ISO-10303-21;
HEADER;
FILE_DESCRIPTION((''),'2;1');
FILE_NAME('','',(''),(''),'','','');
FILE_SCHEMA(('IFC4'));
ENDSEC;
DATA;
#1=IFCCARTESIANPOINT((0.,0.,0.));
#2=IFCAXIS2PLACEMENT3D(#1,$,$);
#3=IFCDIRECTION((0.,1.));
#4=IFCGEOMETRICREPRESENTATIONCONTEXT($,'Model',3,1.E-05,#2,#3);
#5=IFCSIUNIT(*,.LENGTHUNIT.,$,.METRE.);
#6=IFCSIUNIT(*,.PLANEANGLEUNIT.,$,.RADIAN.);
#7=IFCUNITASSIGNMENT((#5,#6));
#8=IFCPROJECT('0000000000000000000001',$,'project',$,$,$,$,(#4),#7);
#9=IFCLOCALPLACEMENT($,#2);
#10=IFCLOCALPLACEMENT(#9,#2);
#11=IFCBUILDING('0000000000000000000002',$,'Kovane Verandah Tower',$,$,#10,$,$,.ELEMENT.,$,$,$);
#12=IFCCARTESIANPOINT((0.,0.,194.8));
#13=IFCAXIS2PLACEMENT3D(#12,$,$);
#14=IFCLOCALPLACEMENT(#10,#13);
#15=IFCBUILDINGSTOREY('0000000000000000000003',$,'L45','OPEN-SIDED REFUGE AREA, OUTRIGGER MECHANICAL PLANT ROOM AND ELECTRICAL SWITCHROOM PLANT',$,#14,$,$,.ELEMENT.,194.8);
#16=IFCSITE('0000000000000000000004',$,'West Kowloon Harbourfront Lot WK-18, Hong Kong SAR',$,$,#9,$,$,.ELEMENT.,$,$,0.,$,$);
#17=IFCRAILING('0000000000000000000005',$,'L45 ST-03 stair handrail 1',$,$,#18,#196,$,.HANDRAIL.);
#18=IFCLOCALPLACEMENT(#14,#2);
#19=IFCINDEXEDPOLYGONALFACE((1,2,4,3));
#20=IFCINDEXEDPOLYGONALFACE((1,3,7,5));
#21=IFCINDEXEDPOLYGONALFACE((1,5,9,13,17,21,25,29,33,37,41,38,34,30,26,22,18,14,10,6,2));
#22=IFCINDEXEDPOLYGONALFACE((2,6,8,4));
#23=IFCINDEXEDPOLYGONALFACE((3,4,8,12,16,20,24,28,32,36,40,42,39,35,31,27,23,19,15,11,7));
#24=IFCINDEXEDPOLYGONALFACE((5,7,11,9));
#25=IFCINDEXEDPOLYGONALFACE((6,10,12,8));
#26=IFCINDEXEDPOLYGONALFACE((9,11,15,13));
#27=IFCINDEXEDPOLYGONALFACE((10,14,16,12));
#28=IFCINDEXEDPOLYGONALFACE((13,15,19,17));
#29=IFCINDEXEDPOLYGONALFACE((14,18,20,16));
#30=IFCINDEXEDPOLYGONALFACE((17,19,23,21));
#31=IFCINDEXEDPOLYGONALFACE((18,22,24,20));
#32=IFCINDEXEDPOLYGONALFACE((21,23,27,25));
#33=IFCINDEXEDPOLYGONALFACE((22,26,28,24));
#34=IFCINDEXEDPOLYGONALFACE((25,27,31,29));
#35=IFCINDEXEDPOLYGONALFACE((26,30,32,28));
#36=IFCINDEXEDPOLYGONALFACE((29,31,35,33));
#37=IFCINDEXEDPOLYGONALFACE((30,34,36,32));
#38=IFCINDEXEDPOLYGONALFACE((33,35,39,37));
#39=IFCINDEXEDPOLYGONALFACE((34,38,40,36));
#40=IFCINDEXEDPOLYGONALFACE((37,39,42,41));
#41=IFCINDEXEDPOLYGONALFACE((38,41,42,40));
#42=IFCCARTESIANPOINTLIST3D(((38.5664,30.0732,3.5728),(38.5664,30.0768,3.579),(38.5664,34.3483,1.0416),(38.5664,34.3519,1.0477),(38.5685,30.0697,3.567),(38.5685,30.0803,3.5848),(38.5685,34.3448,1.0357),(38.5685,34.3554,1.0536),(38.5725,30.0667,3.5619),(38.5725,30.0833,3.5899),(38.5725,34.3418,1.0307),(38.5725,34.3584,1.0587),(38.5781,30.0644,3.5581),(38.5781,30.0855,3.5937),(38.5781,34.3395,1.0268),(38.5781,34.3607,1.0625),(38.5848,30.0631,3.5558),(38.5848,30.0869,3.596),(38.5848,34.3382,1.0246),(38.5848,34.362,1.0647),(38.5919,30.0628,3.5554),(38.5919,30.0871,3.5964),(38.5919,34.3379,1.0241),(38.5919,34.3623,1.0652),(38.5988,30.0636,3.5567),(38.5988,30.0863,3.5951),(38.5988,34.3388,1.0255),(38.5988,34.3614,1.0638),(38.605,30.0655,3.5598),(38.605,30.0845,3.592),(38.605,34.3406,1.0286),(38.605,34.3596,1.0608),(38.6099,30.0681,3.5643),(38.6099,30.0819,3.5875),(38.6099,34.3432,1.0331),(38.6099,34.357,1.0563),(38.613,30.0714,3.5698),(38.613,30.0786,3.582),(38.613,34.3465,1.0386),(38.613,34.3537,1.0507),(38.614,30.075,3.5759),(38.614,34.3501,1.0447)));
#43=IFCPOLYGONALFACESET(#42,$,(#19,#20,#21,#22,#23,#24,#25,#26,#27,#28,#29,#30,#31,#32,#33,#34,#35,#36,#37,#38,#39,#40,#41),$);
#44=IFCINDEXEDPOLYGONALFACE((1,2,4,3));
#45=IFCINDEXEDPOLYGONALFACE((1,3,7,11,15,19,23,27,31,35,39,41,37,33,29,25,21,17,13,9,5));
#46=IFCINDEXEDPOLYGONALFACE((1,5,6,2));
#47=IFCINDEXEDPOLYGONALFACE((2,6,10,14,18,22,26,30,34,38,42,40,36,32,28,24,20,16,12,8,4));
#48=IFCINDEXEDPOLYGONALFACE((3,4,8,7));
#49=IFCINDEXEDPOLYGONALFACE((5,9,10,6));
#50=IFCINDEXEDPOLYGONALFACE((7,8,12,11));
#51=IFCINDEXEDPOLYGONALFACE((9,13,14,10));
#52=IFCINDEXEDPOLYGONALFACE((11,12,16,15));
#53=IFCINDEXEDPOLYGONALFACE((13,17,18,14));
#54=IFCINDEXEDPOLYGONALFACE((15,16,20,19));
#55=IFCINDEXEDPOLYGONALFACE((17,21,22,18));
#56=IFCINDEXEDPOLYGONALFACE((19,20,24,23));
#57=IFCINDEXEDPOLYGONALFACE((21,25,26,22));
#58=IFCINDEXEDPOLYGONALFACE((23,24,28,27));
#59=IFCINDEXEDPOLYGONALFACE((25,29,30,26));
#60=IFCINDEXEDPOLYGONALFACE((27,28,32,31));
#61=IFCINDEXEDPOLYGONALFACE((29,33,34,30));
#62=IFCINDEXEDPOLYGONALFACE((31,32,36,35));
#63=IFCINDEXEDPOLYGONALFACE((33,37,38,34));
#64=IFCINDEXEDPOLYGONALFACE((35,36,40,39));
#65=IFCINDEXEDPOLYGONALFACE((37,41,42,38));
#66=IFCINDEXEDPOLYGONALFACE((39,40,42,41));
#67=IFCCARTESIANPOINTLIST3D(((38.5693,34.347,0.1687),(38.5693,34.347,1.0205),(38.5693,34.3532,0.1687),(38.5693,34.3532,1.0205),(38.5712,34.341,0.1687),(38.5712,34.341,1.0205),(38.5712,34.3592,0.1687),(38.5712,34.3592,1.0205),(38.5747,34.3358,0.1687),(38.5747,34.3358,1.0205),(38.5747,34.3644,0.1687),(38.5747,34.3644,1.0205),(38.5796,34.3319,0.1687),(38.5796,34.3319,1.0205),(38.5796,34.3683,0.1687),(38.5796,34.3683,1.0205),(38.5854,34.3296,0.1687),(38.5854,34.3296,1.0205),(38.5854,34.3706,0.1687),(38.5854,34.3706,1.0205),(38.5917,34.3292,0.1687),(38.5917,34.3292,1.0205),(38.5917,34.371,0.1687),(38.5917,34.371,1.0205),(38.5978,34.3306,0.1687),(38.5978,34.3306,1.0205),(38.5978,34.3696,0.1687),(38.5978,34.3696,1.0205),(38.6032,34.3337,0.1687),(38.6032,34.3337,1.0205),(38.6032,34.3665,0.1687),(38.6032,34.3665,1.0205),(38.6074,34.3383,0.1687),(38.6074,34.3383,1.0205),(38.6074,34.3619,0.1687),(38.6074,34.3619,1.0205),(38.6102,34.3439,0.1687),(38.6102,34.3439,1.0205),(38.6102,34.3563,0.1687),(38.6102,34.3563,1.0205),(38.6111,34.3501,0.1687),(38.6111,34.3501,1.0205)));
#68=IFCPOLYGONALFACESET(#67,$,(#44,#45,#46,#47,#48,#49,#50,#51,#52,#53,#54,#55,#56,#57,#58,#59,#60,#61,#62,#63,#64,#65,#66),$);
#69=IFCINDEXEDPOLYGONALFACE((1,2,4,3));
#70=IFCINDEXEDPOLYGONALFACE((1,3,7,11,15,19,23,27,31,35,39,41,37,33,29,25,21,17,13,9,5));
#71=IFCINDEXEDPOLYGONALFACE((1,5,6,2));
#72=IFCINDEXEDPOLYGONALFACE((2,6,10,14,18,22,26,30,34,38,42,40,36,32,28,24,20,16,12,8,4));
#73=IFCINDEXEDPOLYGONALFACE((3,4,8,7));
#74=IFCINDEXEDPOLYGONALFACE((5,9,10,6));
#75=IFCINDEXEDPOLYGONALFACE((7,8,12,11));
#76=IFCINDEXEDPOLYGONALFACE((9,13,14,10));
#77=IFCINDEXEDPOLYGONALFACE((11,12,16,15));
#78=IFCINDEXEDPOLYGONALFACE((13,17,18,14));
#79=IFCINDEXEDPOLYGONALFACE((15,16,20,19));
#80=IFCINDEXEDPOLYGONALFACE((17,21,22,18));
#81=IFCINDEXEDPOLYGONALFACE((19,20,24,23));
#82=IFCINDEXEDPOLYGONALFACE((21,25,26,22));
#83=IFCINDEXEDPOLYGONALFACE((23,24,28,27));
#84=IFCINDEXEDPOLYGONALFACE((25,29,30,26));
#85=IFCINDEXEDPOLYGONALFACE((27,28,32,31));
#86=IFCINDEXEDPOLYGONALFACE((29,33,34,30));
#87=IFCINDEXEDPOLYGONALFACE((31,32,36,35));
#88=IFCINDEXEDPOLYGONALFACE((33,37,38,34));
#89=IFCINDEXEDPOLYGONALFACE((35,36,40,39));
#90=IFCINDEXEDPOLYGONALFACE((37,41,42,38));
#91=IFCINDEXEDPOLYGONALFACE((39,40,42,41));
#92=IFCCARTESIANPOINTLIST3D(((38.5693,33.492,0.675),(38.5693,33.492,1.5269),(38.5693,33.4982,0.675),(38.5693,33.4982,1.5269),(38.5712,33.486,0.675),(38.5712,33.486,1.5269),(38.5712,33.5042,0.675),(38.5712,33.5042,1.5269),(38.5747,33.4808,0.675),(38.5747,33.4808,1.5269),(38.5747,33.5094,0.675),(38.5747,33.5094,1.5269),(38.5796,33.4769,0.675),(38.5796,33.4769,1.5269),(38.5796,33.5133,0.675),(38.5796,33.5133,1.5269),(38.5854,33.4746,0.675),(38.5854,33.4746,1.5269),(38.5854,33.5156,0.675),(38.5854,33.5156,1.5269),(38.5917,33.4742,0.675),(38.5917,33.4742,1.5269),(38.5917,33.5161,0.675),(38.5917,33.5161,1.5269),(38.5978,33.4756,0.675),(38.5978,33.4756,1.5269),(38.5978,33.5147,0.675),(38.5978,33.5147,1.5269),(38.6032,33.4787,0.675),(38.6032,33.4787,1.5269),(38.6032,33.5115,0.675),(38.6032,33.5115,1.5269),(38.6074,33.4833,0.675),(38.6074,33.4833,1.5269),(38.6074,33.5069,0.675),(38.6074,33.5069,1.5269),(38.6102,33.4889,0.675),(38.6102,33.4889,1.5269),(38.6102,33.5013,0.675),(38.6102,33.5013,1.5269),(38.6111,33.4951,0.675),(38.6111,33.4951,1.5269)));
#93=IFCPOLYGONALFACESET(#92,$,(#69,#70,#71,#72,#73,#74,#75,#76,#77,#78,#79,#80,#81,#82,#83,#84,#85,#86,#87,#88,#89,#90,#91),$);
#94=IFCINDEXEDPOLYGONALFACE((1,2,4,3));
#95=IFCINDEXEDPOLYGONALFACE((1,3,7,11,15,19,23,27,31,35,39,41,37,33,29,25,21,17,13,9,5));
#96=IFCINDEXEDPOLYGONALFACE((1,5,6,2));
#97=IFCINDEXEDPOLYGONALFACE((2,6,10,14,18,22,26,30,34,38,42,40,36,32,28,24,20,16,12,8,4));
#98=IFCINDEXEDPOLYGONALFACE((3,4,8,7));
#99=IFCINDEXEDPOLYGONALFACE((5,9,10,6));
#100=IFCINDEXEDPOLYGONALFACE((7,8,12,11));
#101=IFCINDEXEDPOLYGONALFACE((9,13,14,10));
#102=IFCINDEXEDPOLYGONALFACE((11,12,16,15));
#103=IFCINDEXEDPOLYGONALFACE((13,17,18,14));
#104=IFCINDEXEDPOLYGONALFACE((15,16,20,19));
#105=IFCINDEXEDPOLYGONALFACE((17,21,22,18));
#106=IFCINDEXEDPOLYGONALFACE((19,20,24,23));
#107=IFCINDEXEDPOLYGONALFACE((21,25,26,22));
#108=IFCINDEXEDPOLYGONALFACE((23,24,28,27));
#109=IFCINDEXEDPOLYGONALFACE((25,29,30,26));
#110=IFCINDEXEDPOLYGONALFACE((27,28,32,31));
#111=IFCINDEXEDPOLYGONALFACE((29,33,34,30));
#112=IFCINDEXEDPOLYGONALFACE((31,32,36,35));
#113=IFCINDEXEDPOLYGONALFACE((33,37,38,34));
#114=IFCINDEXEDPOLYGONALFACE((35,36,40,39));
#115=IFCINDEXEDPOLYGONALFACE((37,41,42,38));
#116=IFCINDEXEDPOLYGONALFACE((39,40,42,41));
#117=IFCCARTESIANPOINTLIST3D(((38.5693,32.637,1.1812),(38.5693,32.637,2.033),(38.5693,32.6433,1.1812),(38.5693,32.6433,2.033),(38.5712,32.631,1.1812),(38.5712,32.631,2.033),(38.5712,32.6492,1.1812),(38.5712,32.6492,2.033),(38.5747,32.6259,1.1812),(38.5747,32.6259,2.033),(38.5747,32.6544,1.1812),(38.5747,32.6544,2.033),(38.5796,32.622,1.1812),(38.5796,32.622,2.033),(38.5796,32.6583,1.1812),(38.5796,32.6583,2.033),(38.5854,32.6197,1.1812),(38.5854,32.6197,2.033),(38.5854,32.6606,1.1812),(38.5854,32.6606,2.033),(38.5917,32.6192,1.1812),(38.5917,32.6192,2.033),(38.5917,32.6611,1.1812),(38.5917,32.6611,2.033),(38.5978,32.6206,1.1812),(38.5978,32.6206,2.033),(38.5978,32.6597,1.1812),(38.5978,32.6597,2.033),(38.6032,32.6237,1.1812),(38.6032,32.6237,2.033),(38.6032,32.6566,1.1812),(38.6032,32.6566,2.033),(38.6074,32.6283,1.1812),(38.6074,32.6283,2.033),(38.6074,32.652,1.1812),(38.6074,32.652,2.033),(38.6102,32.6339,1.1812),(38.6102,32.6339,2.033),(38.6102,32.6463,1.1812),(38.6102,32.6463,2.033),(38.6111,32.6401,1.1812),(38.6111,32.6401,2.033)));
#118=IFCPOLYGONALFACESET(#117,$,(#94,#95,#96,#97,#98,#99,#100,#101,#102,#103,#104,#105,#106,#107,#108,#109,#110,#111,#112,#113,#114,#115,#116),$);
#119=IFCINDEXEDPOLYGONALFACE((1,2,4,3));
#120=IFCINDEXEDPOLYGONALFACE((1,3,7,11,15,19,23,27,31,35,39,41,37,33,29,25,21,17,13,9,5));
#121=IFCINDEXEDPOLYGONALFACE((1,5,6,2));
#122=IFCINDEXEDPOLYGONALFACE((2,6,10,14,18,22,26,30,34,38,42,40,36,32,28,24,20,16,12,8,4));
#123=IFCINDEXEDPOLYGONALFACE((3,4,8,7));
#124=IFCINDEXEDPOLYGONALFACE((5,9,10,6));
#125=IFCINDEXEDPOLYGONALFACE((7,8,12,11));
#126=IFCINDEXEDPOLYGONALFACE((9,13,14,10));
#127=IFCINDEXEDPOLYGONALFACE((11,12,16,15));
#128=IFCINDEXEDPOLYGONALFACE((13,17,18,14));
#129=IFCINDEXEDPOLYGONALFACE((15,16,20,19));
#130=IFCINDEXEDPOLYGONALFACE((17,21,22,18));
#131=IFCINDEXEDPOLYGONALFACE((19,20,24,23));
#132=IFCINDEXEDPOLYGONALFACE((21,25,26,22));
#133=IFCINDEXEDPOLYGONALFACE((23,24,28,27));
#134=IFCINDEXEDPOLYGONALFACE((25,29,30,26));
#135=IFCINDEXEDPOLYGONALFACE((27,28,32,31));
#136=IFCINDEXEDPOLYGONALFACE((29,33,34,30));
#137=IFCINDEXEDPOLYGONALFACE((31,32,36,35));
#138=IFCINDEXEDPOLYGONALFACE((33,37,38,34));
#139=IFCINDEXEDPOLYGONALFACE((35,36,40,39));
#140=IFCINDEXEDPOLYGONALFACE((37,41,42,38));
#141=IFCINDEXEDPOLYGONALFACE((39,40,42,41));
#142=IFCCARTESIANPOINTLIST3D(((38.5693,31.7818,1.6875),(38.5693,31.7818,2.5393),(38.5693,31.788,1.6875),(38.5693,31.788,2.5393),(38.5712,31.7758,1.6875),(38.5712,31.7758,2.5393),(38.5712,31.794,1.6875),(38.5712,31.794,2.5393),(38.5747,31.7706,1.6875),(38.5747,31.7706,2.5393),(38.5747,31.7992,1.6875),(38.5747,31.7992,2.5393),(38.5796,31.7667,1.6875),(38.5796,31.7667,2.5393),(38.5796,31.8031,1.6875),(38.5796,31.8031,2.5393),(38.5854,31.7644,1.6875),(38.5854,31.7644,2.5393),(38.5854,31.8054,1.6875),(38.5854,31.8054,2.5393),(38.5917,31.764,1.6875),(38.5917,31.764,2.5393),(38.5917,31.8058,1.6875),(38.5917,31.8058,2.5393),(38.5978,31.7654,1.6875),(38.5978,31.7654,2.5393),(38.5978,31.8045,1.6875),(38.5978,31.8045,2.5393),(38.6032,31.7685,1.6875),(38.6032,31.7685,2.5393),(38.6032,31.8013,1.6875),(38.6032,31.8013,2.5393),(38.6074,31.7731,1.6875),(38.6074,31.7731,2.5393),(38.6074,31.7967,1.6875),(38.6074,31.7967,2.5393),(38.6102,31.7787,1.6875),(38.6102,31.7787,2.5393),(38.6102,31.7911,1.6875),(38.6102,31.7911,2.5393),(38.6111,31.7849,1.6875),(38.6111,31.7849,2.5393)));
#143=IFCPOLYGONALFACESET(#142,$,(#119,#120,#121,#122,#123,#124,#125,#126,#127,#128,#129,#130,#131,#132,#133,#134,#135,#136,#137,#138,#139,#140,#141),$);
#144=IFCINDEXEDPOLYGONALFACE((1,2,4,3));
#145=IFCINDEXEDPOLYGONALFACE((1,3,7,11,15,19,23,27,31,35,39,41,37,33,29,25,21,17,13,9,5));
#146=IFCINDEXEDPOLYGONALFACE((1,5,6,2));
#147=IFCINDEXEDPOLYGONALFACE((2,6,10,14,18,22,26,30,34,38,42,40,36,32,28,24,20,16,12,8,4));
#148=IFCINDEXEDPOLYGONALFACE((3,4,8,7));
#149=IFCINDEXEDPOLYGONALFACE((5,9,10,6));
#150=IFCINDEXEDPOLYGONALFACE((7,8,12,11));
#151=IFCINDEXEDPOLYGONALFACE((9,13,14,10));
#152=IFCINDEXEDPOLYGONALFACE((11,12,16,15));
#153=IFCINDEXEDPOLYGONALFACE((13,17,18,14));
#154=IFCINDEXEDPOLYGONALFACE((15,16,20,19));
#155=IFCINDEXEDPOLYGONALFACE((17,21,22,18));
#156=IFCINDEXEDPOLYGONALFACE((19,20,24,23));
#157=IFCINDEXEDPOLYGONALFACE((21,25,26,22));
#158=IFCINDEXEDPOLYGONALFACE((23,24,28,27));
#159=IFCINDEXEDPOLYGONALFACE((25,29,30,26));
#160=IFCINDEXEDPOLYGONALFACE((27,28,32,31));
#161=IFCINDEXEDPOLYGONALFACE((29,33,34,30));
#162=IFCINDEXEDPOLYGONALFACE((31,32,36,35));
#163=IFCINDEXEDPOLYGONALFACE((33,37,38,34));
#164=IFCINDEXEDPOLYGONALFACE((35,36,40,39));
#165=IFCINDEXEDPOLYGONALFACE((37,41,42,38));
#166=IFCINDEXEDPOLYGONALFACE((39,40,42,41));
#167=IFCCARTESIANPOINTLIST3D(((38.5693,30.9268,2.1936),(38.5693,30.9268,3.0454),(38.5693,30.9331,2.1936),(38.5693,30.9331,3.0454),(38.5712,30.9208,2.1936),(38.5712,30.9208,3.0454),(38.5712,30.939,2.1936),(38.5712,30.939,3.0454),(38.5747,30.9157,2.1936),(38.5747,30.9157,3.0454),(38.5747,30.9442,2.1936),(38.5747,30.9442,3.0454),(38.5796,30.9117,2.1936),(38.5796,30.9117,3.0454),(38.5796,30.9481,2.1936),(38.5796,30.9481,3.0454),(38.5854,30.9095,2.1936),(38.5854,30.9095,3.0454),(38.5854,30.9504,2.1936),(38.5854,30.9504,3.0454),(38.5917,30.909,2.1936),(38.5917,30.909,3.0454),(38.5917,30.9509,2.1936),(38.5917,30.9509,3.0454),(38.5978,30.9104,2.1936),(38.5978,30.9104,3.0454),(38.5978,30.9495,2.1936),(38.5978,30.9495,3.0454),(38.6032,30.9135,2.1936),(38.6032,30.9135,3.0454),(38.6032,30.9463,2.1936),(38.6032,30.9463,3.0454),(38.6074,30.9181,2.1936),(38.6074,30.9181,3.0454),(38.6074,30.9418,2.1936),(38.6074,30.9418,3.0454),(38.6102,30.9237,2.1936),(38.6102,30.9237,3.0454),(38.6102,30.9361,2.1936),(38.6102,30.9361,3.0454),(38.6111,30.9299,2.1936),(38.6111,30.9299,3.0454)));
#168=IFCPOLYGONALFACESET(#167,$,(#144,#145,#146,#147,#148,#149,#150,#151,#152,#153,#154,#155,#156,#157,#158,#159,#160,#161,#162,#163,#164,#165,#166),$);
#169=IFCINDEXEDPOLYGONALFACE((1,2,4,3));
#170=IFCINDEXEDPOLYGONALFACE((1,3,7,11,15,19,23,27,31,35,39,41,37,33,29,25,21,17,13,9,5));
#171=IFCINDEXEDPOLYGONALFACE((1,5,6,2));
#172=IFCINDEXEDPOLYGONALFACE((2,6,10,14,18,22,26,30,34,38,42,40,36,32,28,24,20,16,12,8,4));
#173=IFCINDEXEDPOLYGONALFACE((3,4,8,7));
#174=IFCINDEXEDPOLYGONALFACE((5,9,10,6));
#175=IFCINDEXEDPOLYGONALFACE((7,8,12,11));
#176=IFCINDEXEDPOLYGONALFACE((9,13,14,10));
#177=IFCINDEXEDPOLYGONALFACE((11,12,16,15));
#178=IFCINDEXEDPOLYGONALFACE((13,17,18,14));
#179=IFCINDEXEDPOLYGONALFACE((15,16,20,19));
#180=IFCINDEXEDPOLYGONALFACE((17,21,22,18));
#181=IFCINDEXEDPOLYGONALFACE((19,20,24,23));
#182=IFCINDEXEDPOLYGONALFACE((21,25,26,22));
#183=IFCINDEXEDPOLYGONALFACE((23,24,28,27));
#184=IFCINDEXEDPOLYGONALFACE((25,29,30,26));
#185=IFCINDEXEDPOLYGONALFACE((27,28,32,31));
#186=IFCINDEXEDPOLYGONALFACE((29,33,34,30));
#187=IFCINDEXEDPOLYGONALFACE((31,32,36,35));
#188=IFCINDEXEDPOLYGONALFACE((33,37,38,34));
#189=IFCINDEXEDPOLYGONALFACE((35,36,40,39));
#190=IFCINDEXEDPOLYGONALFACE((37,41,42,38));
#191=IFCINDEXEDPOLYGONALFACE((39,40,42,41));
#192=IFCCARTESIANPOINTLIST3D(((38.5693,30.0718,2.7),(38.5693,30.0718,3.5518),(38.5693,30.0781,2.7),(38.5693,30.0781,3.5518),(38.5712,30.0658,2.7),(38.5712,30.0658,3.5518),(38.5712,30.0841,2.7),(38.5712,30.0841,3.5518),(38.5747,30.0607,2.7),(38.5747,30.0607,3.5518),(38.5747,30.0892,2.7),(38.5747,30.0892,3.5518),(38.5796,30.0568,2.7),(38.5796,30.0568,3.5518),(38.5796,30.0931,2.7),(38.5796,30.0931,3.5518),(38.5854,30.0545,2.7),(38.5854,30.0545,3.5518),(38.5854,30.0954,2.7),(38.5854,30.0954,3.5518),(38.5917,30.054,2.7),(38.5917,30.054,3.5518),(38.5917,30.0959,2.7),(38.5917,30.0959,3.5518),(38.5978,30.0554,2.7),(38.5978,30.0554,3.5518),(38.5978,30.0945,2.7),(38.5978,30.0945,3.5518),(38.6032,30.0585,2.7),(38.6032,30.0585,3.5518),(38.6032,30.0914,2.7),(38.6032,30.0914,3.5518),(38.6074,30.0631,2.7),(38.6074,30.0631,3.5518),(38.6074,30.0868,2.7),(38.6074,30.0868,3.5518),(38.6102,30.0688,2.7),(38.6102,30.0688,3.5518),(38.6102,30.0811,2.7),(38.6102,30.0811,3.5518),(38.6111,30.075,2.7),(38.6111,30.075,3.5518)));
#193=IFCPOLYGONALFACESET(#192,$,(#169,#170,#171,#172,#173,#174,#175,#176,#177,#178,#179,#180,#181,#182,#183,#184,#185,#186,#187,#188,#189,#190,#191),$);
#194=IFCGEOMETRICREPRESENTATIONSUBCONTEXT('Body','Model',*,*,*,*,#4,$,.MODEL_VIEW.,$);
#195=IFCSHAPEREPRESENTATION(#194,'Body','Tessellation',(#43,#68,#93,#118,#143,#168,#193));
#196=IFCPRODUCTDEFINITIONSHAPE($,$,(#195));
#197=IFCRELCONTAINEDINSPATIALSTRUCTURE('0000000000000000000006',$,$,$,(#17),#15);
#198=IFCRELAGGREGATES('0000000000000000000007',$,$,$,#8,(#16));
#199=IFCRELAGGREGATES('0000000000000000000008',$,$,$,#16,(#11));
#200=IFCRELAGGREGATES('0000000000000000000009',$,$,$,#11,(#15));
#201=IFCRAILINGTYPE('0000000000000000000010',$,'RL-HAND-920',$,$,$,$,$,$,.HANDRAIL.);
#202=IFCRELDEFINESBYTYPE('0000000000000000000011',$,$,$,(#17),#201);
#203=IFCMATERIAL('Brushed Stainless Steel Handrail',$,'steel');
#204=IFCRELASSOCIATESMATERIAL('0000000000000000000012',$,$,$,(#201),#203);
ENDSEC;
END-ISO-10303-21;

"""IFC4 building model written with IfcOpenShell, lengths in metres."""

from ifc_helpers import new_model, si_unit, direction, frame, origin, origin_2d, place, context, subcontext, project, spatial, circle, extrude, material, type_object, element, save


model = new_model("IFC4")

# Units and contexts
model_context = context("Model", 3, precision=1e-05, world=origin(), true_north=direction((0.0, 1.0)))
body_context = subcontext(model_context, "Body", "Model", "MODEL_VIEW")
ifc_project = project(units=[si_unit("LENGTHUNIT", "METRE"), si_unit("PLANEANGLEUNIT", "RADIAN")], contexts=[model_context])

# Site, building, storey
site_placement = place(None, origin())
site = spatial("IfcSite", under=ifc_project, at=site_placement, Name="West Kowloon Harbourfront Lot WK-18, Hong Kong SAR", CompositionType="ELEMENT", RefElevation=0.0)
building_placement = place(site_placement, origin())
building = spatial("IfcBuilding", under=site, at=building_placement, Name="Kovane Verandah Tower", CompositionType="ELEMENT")
storey_placement = place(building_placement, frame((0.0, 0.0, 194.8)))
storey = spatial("IfcBuildingStorey", under=building, at=storey_placement, Name="L45", Description="OPEN-SIDED REFUGE AREA, OUTRIGGER MECHANICAL PLANT ROOM AND ELECTRICAL SWITCHROOM PLANT", CompositionType="ELEMENT", Elevation=194.8)

# Railing
ifc_material_1 = material(Name="Brushed Stainless Steel Handrail", Category="steel")
railing_type_1 = type_object("IfcRailingType", Name="RL-HAND-920", PredefinedType="HANDRAIL", material=ifc_material_1)
railing_1_placement = place(storey_placement, frame((38.5901, 34.3501, 0.1687)))
element("IfcRailing", 1, at=railing_1_placement, inside=storey, type_object=railing_type_1, Name="L45 ST-03 stair handrail 1", PredefinedType="HANDRAIL", context=body_context, shape_type="SweptSolid", body=[
    extrude(circle(Radius=0.0239, at=origin_2d()), frame((0.0, 0.0, 0.876), z_axis=(0.0, -0.860483, 0.509479), x_axis=(1.0, 0.0, 0.0)), (0.0, 0.0, 1.0), 4.9683),
    extrude(circle(Radius=0.021, at=origin_2d()), origin(), (0.0, 0.0, 1.0), 0.8518),
    extrude(circle(Radius=0.021, at=origin_2d()), frame((0.0, -0.855, 0.5063)), (0.0, 0.0, 1.0), 0.8518),
    extrude(circle(Radius=0.021, at=origin_2d()), frame((0.0, -1.71, 1.0125)), (0.0, 0.0, 1.0), 0.8518),
    extrude(circle(Radius=0.021, at=origin_2d()), frame((0.0, -2.5652, 1.5188)), (0.0, 0.0, 1.0), 0.8518),
    extrude(circle(Radius=0.021, at=origin_2d()), frame((0.0, -3.4202, 2.0249)), (0.0, 0.0, 1.0), 0.8518),
    extrude(circle(Radius=0.021, at=origin_2d()), frame((0.0, -4.2751, 2.5312)), (0.0, 0.0, 1.0), 0.8518),
])

save(model, "model.ifc")
